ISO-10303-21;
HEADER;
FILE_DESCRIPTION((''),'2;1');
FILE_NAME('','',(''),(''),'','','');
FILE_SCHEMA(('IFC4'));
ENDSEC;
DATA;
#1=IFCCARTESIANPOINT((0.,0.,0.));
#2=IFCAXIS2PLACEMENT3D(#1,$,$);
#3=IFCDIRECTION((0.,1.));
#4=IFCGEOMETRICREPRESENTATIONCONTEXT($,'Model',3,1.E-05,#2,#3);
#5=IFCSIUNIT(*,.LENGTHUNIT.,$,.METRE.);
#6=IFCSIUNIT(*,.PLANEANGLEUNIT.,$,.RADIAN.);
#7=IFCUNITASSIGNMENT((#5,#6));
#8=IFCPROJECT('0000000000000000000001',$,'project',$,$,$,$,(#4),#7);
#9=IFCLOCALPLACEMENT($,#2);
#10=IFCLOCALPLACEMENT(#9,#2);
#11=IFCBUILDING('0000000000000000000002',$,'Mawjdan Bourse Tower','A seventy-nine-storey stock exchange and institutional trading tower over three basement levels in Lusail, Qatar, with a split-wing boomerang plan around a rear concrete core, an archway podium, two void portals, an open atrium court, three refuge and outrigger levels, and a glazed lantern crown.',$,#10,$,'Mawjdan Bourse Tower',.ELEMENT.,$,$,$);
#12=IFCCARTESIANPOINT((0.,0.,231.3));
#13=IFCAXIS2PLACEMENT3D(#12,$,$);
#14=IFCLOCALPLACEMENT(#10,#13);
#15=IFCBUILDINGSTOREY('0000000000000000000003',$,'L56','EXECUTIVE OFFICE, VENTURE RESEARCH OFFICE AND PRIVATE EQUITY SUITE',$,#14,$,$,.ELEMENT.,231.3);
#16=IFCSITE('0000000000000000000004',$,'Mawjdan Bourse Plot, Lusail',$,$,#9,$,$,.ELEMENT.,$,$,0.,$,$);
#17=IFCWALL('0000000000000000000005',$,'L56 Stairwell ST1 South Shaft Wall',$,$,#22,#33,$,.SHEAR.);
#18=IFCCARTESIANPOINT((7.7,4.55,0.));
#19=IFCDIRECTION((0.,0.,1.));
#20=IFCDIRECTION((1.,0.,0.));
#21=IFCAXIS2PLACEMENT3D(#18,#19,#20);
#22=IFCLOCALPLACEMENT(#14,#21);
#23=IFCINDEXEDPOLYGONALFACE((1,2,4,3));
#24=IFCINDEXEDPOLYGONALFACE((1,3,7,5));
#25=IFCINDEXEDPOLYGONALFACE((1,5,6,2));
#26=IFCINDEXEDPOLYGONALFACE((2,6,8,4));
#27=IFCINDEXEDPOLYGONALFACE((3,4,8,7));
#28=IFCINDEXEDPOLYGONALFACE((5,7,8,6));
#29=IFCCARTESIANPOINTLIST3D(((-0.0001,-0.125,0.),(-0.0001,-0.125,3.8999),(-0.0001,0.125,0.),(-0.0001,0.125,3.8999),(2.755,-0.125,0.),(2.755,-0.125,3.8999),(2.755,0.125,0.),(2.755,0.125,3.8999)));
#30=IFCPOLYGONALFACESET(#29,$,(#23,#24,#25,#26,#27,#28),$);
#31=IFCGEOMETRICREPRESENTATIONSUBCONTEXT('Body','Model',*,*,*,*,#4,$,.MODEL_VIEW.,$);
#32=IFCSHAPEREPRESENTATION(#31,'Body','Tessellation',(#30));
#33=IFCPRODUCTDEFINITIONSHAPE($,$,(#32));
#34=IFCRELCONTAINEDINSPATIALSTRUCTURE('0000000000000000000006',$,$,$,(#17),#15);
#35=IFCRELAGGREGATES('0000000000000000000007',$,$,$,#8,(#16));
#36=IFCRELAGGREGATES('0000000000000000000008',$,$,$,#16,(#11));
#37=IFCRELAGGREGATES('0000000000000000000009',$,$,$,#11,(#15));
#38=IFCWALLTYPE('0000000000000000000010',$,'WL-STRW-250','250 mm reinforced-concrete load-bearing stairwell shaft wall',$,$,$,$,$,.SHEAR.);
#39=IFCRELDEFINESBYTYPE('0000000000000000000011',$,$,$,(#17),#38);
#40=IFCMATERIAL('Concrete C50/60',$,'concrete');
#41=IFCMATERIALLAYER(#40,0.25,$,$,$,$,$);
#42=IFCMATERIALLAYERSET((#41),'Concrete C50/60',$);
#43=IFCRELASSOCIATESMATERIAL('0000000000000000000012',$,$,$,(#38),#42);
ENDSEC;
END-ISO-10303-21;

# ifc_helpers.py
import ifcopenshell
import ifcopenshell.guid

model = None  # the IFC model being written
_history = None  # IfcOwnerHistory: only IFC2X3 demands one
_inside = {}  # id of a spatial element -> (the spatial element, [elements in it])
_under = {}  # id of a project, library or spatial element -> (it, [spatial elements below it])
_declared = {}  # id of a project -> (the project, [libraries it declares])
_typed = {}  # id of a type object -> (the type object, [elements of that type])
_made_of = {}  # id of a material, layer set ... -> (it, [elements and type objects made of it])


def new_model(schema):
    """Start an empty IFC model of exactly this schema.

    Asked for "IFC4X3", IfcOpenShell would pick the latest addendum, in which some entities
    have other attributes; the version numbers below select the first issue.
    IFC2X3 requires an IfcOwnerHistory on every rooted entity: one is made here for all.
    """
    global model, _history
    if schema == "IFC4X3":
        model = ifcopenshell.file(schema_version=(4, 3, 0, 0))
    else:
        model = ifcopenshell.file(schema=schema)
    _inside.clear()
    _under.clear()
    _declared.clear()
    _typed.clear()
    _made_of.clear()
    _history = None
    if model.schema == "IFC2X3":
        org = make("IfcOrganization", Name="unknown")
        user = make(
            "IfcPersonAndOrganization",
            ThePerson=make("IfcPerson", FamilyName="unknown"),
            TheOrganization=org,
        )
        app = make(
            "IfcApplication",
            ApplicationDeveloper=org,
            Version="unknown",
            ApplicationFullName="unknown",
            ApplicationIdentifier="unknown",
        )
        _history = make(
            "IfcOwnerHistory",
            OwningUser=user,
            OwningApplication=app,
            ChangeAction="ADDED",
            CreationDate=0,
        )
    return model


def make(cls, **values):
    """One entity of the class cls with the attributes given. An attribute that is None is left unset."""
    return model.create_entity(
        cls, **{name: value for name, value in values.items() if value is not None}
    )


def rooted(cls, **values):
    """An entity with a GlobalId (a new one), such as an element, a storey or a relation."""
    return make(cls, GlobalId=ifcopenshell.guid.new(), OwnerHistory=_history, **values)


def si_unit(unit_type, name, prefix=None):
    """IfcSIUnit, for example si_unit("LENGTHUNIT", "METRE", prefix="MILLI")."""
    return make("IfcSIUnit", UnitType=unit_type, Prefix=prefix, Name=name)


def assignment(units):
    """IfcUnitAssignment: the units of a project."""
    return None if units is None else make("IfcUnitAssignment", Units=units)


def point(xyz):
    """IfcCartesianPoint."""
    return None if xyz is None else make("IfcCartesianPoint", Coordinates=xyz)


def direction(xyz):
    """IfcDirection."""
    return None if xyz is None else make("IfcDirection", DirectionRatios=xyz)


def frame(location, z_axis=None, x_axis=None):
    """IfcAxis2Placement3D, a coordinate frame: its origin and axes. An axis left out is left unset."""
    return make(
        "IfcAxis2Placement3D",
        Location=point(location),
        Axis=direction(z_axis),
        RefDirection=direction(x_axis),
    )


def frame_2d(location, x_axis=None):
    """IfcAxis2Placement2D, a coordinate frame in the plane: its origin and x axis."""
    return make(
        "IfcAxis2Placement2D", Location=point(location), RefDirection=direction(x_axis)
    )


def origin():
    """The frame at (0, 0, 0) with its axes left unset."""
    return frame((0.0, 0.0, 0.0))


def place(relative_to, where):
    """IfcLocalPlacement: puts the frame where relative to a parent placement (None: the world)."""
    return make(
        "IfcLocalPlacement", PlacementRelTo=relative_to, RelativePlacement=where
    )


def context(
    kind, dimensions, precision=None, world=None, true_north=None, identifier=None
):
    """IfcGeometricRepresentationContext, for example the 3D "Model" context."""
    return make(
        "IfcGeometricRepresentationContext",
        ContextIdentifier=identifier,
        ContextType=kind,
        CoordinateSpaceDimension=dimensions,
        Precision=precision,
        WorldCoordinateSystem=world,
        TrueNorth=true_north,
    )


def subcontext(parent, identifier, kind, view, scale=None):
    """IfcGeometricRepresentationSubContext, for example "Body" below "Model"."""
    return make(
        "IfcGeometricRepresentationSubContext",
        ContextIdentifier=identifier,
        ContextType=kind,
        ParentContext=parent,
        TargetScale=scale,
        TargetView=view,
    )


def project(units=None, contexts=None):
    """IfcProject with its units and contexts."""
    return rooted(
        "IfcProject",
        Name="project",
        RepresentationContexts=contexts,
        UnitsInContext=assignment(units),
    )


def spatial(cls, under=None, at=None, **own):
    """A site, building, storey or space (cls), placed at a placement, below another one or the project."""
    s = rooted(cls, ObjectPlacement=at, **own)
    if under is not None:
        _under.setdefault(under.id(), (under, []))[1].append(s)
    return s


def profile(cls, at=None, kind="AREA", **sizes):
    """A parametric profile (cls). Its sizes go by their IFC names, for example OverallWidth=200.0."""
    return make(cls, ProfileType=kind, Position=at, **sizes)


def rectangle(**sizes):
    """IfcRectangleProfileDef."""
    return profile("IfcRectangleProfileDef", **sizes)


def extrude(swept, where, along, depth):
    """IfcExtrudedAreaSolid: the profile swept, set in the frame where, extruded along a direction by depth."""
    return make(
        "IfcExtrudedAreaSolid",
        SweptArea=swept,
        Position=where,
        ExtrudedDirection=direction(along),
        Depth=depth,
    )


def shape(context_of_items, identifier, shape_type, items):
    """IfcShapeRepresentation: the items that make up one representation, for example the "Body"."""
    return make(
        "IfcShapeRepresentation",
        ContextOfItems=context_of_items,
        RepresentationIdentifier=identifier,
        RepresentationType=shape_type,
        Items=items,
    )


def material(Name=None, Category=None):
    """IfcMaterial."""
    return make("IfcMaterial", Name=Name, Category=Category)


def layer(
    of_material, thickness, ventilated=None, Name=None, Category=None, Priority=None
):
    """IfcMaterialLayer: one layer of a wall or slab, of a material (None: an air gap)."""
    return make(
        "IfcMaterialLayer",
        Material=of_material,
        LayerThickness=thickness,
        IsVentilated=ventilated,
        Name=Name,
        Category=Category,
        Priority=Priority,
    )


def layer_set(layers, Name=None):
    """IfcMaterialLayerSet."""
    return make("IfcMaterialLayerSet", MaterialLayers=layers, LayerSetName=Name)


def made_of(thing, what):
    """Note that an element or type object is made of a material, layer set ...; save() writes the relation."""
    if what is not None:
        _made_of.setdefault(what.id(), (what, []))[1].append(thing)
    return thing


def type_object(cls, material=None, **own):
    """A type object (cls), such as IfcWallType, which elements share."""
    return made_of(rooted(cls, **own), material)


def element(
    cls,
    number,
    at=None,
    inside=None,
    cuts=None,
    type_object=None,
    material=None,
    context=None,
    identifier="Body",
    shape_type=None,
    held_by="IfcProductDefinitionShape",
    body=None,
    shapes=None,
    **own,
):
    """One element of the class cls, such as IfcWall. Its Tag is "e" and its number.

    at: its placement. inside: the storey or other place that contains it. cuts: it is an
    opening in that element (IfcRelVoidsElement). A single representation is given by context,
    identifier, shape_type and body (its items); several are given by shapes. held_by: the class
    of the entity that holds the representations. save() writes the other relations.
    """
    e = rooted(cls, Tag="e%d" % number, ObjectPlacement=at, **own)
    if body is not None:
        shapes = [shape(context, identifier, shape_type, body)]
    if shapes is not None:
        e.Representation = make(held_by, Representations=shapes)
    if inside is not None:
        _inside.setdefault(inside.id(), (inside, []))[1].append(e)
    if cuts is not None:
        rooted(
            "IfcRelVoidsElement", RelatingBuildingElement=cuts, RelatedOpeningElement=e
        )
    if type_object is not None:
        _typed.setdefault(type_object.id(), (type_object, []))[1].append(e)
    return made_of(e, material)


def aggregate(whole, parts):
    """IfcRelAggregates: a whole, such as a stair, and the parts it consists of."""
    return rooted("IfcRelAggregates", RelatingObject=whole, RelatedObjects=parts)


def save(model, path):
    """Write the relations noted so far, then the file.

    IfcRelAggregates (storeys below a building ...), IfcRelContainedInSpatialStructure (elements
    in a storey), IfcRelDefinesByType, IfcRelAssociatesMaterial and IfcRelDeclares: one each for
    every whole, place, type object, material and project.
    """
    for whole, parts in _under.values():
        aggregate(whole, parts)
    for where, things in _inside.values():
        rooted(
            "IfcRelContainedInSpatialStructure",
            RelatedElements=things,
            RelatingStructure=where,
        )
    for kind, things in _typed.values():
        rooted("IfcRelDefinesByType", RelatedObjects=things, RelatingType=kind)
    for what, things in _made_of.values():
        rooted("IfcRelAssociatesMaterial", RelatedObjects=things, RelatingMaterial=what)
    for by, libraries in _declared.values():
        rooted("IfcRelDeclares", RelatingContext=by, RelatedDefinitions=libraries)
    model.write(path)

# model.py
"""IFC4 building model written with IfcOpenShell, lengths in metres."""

from ifc_helpers import new_model, si_unit, direction, frame, frame_2d, origin, place, context, subcontext, project, spatial, rectangle, extrude, material, layer, layer_set, type_object, element, save


model = new_model("IFC4")

# Units and contexts
model_context = context("Model", 3, precision=1e-05, world=origin(), true_north=direction((0.0, 1.0)))
body_context = subcontext(model_context, "Body", "Model", "MODEL_VIEW")
ifc_project = project(units=[si_unit("LENGTHUNIT", "METRE"), si_unit("PLANEANGLEUNIT", "RADIAN")], contexts=[model_context])

# Site, building, storey
site_placement = place(None, origin())
site = spatial("IfcSite", under=ifc_project, at=site_placement, Name="Mawjdan Bourse Plot, Lusail", CompositionType="ELEMENT", RefElevation=0.0)
building_placement = place(site_placement, origin())
building = spatial("IfcBuilding", under=site, at=building_placement, Name="Mawjdan Bourse Tower", Description="A seventy-nine-storey stock exchange and institutional trading tower over three basement levels in Lusail, Qatar, with a split-wing boomerang plan around a rear concrete core, an archway podium, two void portals, an open atrium court, three refuge and outrigger levels, and a glazed lantern crown.", LongName="Mawjdan Bourse Tower", CompositionType="ELEMENT")
storey_placement = place(building_placement, frame((0.0, 0.0, 231.3)))
storey = spatial("IfcBuildingStorey", under=building, at=storey_placement, Name="L56", Description="EXECUTIVE OFFICE, VENTURE RESEARCH OFFICE AND PRIVATE EQUITY SUITE", CompositionType="ELEMENT", Elevation=231.3)

# Shared definitions
ifc_material_1 = material(Name="Concrete C50/60", Category="concrete")

# Wall
ifc_layer_1 = layer(ifc_material_1, 0.25)
ifc_layer_set_1 = layer_set([ifc_layer_1], Name="Concrete C50/60")
wall_type_1 = type_object("IfcWallType", Name="WL-STRW-250", Description="250 mm reinforced-concrete load-bearing stairwell shaft wall", PredefinedType="SHEAR", material=ifc_layer_set_1)
wall_1_placement = place(storey_placement, frame((7.7, 4.55, 0.0), z_axis=(0.0, 0.0, 1.0), x_axis=(1.0, 0.0, 0.0)))
element("IfcWall", 1, at=wall_1_placement, inside=storey, type_object=wall_type_1, Name="L56 Stairwell ST1 South Shaft Wall", PredefinedType="SHEAR", context=body_context, shape_type="SweptSolid", body=[
    extrude(rectangle(XDim=2.7551, YDim=0.25, at=frame_2d((1.3774, 0.0))), origin(), (0.0, 0.0, 1.0), 3.8999),
])

save(model, "model.ifc")
